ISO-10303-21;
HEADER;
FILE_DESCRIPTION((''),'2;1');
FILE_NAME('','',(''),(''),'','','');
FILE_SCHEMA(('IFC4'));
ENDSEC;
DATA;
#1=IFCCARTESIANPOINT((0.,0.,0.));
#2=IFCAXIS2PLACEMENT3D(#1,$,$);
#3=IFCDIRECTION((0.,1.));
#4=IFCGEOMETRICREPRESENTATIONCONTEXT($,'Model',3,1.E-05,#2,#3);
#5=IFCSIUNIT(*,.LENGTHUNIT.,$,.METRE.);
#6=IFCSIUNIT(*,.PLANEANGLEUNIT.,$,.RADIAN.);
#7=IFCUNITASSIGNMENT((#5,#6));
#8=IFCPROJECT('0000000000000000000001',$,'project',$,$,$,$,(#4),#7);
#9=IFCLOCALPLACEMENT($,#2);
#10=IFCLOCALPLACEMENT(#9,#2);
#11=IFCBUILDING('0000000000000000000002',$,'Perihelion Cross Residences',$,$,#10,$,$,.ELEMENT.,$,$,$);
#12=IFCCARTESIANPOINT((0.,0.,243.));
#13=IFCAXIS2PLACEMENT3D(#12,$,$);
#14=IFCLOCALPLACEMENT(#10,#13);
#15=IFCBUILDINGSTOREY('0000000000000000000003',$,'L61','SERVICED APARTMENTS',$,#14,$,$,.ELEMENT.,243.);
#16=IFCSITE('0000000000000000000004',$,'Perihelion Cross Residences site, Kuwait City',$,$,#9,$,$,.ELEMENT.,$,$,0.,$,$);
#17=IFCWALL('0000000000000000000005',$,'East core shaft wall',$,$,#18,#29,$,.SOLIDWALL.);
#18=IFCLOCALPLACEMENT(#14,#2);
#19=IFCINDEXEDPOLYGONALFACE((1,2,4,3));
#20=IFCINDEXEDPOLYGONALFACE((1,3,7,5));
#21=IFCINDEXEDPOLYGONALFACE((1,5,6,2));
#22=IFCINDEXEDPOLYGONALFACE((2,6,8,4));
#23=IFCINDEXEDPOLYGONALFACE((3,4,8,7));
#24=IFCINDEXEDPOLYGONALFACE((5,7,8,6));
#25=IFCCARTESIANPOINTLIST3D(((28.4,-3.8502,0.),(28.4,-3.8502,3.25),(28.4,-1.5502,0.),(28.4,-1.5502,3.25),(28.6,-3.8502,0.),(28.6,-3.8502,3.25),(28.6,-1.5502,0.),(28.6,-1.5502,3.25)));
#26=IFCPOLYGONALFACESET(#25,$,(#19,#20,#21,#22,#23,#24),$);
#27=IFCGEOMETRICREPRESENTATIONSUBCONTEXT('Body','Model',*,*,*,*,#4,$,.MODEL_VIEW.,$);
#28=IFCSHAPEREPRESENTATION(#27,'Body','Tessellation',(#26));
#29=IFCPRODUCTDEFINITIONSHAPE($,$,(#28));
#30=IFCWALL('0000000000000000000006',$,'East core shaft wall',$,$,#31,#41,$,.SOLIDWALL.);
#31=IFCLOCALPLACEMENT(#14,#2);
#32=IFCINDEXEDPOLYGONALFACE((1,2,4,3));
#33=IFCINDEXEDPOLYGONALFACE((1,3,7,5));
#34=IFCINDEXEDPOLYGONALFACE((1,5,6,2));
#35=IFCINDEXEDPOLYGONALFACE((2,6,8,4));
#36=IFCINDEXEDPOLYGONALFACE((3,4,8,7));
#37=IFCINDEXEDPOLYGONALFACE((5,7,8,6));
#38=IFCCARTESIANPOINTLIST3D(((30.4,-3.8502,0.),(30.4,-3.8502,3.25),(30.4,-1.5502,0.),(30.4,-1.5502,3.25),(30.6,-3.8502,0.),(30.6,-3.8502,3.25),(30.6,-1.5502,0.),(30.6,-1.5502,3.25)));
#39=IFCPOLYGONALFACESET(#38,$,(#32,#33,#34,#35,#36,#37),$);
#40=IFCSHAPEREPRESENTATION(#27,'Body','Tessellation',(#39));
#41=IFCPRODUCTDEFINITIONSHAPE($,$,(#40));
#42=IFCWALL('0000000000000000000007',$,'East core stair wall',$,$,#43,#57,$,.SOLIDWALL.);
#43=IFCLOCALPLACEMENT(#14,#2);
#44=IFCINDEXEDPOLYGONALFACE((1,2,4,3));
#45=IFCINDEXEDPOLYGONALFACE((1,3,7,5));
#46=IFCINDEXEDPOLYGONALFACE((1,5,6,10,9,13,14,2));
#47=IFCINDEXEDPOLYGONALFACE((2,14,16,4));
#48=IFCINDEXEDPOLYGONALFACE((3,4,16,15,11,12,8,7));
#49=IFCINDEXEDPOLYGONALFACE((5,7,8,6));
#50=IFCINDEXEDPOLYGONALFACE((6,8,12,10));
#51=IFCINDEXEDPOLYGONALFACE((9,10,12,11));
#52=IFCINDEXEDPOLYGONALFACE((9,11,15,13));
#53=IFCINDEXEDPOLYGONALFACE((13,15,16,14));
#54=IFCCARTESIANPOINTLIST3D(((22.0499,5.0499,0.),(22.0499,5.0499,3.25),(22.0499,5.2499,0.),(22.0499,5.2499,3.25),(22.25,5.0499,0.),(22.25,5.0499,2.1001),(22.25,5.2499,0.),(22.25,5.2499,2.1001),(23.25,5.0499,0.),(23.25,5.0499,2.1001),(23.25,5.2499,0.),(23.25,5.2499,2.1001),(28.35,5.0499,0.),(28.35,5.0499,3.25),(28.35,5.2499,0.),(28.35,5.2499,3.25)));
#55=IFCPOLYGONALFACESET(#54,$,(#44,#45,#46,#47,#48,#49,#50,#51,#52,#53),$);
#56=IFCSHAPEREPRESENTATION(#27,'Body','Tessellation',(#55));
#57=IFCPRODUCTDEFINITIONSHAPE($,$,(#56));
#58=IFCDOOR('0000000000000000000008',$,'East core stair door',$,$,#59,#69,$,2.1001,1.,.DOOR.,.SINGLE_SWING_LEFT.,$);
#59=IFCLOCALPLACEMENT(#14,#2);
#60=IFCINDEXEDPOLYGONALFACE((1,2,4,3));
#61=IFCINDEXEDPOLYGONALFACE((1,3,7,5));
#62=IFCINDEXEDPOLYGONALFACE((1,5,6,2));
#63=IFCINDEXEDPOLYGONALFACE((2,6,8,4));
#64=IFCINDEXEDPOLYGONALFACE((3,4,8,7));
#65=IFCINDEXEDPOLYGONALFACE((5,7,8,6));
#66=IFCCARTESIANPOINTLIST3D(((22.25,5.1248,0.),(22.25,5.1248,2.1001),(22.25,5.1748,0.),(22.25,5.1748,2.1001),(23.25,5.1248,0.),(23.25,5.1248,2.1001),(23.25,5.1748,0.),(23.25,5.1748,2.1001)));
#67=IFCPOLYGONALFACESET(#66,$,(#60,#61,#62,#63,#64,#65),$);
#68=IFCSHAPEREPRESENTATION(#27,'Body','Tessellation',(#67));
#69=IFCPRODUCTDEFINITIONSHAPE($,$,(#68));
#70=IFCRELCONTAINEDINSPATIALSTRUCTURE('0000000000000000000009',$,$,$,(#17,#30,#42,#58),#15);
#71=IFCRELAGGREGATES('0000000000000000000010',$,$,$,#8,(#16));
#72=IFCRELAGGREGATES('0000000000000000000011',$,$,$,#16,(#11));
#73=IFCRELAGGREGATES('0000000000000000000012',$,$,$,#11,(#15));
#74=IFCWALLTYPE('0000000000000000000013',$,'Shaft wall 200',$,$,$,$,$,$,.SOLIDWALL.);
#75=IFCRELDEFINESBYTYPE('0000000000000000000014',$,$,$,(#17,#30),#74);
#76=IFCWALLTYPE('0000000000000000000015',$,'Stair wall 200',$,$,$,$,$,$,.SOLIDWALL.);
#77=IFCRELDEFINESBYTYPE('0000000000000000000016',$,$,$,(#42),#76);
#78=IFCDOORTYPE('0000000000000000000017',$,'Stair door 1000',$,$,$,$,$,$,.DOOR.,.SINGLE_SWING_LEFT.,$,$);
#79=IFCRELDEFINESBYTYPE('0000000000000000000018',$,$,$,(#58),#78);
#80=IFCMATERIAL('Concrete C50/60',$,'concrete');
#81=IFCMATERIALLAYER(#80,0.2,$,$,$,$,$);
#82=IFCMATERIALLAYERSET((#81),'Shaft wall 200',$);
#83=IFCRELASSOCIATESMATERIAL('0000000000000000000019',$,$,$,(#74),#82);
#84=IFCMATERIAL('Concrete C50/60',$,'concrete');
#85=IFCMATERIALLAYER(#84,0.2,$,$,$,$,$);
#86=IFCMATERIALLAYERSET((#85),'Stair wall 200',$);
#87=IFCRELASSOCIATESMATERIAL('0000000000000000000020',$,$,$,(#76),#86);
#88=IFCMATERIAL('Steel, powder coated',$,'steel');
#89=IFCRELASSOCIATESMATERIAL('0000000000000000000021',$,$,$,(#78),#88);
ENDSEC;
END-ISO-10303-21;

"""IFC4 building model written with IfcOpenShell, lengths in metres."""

from ifc_helpers import new_model, si_unit, direction, frame, frame_2d, origin, place, context, subcontext, project, spatial, rectangle, extrude, material, layer, layer_set, type_object, element, fill, save


model = new_model("IFC4")

# Units and contexts
model_context = context("Model", 3, precision=1e-05, world=origin(), true_north=direction((0.0, 1.0)))
body_context = subcontext(model_context, "Body", "Model", "MODEL_VIEW")
ifc_project = project(units=[si_unit("LENGTHUNIT", "METRE"), si_unit("PLANEANGLEUNIT", "RADIAN")], contexts=[model_context])

# Site, building, storey
site_placement = place(None, origin())
site = spatial("IfcSite", under=ifc_project, at=site_placement, Name="Perihelion Cross Residences site, Kuwait City", CompositionType="ELEMENT", RefElevation=0.0)
building_placement = place(site_placement, origin())
building = spatial("IfcBuilding", under=site, at=building_placement, Name="Perihelion Cross Residences", CompositionType="ELEMENT")
storey_placement = place(building_placement, frame((0.0, 0.0, 243.0)))
storey = spatial("IfcBuildingStorey", under=building, at=storey_placement, Name="L61", Description="SERVICED APARTMENTS", CompositionType="ELEMENT", Elevation=243.0)

# Shared definitions
ifc_material_1 = material(Name="Concrete C50/60", Category="concrete")
ifc_layer_1 = layer(ifc_material_1, 0.2)
ifc_layer_set_1 = layer_set([ifc_layer_1], Name="Shaft wall 200")
wall_type_1 = type_object("IfcWallType", Name="Shaft wall 200", PredefinedType="SOLIDWALL", material=ifc_layer_set_1)

# Walls
for number, where, z_axis, x_axis, name in (
    (1, (28.5, -3.8501, 0.0), (0.0, 0.0, 1.0), (0.0, 1.0, 0.0), "East core shaft wall"),
    (2, (30.5, -3.8501, 0.0), (0.0, 0.0, 1.0), (0.0, 1.0, 0.0), "East core shaft wall"),
):
    element("IfcWall", number, at=place(storey_placement, frame(where, z_axis=z_axis, x_axis=x_axis)), inside=storey, type_object=wall_type_1, Name=name, PredefinedType="SOLIDWALL", context=body_context, shape_type="SweptSolid", body=[
        extrude(rectangle(XDim=2.3, YDim=0.2, at=frame_2d((1.1499, 0.0))), origin(), (0.0, 0.0, 1.0), 3.25),
    ])

# Wall, opening, door
ifc_material_2 = material(Name="Concrete C50/60", Category="concrete")
ifc_layer_2 = layer(ifc_material_2, 0.2)
ifc_layer_set_2 = layer_set([ifc_layer_2], Name="Stair wall 200")
wall_type_2 = type_object("IfcWallType", Name="Stair wall 200", PredefinedType="SOLIDWALL", material=ifc_layer_set_2)
wall_1_placement = place(storey_placement, frame((22.05, 5.1499, 0.0), z_axis=(0.0, 0.0, 1.0), x_axis=(1.0, 0.0, 0.0)))
wall_1 = element("IfcWall", 3, at=wall_1_placement, inside=storey, type_object=wall_type_2, Name="East core stair wall", PredefinedType="SOLIDWALL", context=body_context, shape_type="SweptSolid", body=[
    extrude(rectangle(XDim=6.3, YDim=0.2, at=frame_2d((3.1499, 0.0))), origin(), (0.0, 0.0, 1.0), 3.25),
])
opening_1_placement = place(wall_1_placement, frame((0.2, 0.0, 0.0)))
opening_1 = element("IfcOpeningElement", 4, at=opening_1_placement, cuts=wall_1, PredefinedType="OPENING", context=body_context, shape_type="SweptSolid", body=[
    extrude(rectangle(XDim=1.0, YDim=2.1001, at=frame_2d((0.5, 1.05))), frame((0.0, 0.1099, 0.0), z_axis=(0.0, -1.0, 0.0), x_axis=(1.0, 0.0, 0.0)), (0.0, 0.0, 1.0), 0.22),
])
ifc_material_3 = material(Name="Steel, powder coated", Category="steel")
door_type_1 = type_object("IfcDoorType", Name="Stair door 1000", OperationType="SINGLE_SWING_LEFT", PredefinedType="DOOR", material=ifc_material_3)
door_1_placement = place(opening_1_placement, origin())
door_1 = element("IfcDoor", 5, at=door_1_placement, inside=storey, type_object=door_type_1, Name="East core stair door", OperationType="SINGLE_SWING_LEFT", OverallHeight=2.1001, OverallWidth=1.0, PredefinedType="DOOR", context=body_context, shape_type="SweptSolid", body=[
    extrude(rectangle(XDim=1.0, YDim=2.1001, at=frame_2d((0.5, 1.05))), frame((0.0, 0.0249, 0.0), z_axis=(0.0, -1.0, 0.0), x_axis=(1.0, 0.0, 0.0)), (0.0, 0.0, 1.0), 0.05),
])
fill(opening_1, door_1)

save(model, "model.ifc")
